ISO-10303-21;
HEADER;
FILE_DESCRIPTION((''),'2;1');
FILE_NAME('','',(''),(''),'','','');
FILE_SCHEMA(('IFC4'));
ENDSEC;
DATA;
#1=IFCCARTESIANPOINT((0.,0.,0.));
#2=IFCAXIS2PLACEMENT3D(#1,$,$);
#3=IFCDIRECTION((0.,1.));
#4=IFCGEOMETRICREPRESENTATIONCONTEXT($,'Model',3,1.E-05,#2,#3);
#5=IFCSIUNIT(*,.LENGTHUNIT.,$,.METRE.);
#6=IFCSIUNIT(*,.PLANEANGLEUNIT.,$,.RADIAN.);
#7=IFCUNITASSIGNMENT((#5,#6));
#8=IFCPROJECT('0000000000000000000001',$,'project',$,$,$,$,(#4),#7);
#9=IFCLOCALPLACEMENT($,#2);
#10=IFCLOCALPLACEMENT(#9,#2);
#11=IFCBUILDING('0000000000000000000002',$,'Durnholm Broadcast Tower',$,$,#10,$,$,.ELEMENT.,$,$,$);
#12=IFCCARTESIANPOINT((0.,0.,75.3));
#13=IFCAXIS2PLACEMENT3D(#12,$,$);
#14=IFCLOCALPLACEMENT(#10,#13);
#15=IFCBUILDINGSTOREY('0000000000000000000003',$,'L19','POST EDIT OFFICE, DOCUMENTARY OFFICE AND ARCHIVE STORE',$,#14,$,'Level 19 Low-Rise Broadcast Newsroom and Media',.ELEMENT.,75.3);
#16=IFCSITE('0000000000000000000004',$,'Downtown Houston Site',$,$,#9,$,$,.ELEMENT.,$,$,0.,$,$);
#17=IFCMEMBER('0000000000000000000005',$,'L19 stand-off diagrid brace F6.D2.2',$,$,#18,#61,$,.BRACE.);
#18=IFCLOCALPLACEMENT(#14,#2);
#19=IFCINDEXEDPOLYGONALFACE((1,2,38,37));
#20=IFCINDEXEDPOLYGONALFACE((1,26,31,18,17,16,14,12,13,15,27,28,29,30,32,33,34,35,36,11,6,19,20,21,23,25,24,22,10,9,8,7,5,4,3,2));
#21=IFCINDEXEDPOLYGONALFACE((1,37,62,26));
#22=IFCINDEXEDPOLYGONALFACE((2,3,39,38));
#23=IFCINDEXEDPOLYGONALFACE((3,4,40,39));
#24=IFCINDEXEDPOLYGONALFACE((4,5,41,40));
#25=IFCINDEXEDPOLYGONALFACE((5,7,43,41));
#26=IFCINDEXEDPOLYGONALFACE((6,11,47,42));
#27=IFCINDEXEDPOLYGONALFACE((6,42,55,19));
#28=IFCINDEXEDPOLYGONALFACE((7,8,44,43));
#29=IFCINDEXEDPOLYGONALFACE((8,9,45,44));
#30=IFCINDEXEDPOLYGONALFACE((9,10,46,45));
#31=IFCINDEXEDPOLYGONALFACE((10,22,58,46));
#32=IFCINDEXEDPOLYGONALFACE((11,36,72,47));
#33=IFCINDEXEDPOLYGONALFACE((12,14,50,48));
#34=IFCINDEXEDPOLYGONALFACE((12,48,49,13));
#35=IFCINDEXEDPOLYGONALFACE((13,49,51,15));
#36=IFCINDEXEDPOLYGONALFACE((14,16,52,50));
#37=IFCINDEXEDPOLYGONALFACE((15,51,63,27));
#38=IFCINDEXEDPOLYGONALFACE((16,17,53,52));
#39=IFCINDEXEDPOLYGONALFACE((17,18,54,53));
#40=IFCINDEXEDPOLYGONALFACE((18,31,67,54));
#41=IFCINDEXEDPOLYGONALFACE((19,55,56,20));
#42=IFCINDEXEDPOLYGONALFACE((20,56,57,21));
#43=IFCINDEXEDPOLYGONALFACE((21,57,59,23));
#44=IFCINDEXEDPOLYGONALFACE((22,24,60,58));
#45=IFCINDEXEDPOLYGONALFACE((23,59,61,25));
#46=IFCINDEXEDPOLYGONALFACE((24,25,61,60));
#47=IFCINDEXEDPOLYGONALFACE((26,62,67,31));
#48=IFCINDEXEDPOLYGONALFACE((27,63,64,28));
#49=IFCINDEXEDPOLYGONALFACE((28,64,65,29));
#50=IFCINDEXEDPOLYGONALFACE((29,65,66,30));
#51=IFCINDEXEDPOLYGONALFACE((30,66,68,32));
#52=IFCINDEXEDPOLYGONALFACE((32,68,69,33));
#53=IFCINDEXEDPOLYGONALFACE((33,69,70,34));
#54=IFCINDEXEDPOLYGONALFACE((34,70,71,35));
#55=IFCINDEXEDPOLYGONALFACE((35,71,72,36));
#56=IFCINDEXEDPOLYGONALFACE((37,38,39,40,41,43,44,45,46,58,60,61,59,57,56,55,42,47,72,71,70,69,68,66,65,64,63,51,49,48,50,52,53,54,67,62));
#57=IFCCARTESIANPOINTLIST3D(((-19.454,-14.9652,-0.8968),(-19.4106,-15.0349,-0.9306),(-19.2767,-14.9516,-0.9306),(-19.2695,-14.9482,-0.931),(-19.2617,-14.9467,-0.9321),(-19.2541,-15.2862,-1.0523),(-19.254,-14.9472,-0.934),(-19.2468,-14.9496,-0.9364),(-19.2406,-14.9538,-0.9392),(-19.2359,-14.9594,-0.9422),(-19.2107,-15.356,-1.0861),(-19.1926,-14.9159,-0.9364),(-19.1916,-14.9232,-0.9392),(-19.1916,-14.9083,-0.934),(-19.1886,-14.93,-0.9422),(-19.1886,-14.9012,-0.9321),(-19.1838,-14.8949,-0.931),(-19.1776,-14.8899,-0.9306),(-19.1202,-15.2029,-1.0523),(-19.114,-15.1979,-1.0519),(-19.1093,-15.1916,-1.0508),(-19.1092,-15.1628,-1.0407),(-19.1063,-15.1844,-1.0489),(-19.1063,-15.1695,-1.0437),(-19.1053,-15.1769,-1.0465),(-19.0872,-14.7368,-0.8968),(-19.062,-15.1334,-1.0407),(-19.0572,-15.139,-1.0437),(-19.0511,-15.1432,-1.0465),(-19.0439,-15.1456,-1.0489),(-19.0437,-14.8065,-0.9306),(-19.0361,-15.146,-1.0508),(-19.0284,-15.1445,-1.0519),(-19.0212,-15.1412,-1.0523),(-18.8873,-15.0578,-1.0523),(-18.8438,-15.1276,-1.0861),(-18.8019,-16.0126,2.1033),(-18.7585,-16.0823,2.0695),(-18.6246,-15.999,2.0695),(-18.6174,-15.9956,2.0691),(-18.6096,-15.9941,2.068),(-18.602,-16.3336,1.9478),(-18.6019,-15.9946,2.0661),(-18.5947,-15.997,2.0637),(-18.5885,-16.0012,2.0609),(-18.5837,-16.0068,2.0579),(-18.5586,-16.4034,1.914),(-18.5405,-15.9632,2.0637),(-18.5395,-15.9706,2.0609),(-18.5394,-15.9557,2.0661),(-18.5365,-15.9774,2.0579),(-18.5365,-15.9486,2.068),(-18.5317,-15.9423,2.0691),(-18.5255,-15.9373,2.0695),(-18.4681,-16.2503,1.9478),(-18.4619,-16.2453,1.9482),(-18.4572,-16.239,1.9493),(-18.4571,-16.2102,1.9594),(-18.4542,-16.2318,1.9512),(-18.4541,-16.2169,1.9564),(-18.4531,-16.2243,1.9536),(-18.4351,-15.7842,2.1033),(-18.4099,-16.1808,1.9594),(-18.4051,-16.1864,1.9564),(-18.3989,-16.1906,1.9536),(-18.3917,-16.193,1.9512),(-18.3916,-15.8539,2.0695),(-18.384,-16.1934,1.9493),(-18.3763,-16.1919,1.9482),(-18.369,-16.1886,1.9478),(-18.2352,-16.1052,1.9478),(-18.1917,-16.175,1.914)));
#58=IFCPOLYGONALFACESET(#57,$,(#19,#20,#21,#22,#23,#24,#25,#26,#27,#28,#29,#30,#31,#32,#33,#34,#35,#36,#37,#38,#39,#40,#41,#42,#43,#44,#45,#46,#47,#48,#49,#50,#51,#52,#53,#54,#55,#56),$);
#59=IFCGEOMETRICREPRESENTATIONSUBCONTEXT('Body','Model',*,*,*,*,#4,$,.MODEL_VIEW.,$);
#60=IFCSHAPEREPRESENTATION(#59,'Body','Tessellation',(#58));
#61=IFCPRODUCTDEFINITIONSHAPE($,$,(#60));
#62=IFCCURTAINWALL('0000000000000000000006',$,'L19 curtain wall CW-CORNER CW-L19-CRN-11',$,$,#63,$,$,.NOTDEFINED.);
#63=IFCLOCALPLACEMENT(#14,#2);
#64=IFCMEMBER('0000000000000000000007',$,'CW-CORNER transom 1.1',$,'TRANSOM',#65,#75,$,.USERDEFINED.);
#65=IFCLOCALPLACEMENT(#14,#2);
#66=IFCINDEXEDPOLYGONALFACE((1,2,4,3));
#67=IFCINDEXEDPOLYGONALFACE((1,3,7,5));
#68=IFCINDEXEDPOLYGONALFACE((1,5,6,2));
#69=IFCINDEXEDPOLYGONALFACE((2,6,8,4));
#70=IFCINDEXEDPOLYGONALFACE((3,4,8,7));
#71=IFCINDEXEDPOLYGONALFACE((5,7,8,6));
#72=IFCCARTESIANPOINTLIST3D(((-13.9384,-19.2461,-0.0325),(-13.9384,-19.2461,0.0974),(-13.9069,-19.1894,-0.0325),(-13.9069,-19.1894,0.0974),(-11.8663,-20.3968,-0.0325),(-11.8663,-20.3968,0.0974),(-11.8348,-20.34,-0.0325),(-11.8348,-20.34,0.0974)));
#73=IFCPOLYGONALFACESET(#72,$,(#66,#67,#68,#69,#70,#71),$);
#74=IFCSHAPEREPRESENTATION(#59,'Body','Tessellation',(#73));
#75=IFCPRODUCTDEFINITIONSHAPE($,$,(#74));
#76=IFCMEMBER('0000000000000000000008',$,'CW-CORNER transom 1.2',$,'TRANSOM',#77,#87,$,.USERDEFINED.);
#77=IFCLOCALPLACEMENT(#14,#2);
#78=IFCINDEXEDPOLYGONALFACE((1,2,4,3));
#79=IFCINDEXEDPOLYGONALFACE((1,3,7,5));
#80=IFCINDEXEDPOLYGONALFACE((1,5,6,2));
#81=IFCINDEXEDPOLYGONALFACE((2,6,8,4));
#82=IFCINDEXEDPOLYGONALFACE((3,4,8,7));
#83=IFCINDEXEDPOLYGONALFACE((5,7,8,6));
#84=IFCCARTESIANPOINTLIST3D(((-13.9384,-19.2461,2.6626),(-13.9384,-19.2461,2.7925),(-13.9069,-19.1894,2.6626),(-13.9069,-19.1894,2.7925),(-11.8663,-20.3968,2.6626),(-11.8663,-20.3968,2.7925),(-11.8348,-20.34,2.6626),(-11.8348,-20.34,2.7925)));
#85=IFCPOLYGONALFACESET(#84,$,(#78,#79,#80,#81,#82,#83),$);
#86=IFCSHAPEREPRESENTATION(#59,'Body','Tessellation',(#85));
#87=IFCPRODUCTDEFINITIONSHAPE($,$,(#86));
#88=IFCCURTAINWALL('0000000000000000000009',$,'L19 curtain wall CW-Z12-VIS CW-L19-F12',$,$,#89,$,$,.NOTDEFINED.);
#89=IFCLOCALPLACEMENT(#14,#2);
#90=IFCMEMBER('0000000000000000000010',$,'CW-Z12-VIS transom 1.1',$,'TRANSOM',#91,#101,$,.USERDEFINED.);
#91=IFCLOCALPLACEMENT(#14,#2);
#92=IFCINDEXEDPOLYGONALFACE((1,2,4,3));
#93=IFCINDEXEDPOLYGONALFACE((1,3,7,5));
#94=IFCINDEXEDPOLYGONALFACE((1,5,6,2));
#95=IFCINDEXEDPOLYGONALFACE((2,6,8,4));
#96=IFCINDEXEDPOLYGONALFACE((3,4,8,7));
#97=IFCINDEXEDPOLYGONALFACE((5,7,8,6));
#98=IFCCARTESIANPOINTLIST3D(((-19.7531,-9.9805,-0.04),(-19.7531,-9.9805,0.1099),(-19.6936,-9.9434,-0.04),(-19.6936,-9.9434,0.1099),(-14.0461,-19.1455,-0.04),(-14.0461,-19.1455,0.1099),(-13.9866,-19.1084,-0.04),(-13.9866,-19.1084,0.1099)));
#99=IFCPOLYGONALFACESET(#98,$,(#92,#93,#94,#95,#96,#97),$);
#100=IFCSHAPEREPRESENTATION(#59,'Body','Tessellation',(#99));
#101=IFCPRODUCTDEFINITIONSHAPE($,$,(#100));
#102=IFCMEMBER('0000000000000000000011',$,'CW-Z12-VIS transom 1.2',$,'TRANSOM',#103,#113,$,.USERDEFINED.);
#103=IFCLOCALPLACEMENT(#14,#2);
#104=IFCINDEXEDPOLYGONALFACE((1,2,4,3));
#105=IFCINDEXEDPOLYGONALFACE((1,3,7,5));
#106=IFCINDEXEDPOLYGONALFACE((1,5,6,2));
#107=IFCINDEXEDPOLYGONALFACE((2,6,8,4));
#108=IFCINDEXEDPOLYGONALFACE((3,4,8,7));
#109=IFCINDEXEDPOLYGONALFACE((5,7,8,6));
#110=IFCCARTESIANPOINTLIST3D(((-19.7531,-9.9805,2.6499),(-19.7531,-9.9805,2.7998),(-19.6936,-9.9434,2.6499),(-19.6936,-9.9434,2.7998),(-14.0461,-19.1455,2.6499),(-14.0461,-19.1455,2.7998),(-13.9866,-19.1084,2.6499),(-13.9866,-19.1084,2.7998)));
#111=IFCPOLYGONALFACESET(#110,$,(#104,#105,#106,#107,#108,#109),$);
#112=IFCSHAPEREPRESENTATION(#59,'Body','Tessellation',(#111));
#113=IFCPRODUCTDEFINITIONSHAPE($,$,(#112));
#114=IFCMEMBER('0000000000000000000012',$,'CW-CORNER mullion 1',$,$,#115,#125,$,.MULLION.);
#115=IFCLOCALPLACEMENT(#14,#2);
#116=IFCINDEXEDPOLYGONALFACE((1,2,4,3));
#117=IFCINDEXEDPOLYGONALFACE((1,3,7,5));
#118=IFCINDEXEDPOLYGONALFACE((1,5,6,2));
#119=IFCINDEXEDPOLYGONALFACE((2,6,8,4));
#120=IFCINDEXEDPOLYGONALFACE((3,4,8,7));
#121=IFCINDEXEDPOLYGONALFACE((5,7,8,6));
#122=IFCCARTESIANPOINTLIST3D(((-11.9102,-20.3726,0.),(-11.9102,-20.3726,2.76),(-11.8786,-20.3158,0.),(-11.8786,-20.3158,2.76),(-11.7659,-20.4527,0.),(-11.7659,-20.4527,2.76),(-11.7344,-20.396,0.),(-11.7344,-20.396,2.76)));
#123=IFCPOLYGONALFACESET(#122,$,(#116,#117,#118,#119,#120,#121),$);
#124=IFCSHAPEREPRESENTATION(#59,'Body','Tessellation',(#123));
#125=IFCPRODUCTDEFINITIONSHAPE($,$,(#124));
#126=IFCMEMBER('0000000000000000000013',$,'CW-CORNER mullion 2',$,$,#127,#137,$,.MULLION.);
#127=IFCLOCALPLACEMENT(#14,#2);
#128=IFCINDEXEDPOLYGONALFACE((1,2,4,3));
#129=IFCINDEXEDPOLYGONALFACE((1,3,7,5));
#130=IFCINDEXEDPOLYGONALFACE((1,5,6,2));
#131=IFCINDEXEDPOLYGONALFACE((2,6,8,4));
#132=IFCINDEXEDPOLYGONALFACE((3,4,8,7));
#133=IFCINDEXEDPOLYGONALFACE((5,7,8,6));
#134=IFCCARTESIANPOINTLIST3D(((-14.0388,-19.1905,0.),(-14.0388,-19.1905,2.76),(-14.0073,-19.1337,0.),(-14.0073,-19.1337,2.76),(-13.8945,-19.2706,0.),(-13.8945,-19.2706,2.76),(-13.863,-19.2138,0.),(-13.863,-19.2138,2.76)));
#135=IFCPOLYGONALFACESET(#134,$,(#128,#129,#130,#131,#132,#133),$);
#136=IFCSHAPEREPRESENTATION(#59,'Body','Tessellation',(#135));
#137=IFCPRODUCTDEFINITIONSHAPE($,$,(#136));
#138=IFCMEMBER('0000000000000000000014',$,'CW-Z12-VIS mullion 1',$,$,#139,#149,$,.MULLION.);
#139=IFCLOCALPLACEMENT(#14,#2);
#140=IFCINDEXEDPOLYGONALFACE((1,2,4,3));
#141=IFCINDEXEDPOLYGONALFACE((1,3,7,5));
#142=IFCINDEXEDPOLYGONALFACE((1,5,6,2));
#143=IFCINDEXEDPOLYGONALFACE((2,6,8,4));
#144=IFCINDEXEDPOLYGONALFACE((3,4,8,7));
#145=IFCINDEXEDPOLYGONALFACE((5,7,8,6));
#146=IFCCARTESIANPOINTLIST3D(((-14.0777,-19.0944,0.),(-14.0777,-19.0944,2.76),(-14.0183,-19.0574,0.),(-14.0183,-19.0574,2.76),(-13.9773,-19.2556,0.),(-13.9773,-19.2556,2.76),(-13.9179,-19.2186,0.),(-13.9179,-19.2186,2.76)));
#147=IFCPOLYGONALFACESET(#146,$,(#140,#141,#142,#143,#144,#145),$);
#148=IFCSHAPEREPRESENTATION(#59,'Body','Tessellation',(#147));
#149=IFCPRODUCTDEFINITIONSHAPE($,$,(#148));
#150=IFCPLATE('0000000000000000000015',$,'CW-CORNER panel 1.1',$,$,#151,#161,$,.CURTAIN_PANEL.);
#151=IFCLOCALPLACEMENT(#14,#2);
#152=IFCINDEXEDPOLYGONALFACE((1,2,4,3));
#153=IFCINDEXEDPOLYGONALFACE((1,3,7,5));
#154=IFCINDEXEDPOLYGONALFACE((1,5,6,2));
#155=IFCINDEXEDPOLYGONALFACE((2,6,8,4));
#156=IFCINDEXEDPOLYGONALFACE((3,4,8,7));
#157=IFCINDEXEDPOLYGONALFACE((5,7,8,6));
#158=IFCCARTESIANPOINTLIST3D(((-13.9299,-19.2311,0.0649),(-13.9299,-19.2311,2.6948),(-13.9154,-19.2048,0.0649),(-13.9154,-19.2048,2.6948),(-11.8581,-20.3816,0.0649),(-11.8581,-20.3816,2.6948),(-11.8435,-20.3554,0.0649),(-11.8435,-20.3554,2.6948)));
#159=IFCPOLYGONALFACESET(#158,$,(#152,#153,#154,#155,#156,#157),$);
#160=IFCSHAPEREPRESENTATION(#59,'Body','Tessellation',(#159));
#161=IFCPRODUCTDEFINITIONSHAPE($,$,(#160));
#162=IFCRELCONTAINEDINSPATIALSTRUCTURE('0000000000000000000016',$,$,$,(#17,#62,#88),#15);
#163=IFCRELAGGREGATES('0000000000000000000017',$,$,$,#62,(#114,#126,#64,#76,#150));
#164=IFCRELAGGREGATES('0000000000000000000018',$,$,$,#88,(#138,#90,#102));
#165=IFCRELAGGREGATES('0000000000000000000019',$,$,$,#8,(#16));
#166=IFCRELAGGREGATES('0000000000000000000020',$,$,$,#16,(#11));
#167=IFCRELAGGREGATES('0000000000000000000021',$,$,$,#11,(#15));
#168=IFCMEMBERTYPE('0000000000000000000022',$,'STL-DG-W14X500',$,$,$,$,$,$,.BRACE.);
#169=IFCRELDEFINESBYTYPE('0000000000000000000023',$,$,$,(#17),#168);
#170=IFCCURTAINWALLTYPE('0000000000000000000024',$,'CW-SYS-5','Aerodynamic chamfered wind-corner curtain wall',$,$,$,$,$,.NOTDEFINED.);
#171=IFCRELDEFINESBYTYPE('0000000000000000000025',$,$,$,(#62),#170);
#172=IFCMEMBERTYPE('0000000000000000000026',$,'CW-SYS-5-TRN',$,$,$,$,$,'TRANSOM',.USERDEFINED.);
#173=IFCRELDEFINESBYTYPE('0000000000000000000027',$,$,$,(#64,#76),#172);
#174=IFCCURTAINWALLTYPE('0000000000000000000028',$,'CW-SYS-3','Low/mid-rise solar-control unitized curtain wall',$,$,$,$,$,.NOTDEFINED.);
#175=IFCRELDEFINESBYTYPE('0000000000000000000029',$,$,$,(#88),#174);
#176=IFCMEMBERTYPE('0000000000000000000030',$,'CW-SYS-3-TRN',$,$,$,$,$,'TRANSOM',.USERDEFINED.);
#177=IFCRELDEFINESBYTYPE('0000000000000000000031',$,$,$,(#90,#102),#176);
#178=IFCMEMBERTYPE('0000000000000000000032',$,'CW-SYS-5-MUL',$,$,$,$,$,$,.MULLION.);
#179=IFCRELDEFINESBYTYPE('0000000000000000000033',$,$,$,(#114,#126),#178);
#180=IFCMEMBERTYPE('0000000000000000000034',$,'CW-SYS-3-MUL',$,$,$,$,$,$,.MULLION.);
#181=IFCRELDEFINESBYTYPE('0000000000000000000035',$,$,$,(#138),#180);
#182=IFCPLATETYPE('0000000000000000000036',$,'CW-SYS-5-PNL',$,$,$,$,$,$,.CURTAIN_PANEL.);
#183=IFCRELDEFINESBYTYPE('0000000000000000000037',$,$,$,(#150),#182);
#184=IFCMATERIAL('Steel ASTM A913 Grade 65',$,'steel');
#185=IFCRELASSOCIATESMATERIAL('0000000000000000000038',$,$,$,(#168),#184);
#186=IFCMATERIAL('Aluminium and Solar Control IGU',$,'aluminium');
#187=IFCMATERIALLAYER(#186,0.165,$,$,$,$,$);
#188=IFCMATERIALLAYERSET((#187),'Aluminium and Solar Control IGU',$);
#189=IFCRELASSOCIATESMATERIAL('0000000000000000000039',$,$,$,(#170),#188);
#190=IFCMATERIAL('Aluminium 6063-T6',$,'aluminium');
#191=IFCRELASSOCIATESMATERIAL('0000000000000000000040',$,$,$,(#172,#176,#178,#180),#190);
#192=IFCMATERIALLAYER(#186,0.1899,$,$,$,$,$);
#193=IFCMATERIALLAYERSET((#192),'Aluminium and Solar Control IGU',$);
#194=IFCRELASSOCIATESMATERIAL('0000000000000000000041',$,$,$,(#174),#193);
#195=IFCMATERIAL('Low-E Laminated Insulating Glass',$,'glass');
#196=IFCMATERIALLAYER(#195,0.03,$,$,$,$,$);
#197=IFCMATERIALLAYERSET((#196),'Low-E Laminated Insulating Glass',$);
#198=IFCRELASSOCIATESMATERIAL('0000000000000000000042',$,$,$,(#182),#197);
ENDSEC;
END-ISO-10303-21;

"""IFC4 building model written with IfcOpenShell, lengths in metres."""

from ifc_helpers import new_model, si_unit, direction, frame, origin, origin_2d, place, context, subcontext, project, spatial, rectangle, i_section, extrude, source, transform, mapped, material, layer, layer_set, material_profile, profile_set, type_object, type_shapes, element, aggregate, save


model = new_model("IFC4")

# Units and contexts
model_context = context("Model", 3, precision=1e-05, world=origin(), true_north=direction((0.0, 1.0)))
body_context = subcontext(model_context, "Body", "Model", "MODEL_VIEW")
ifc_project = project(units=[si_unit("LENGTHUNIT", "METRE"), si_unit("PLANEANGLEUNIT", "RADIAN")], contexts=[model_context])

# Site, building, storey
site_placement = place(None, origin())
site = spatial("IfcSite", under=ifc_project, at=site_placement, Name="Downtown Houston Site", CompositionType="ELEMENT", RefElevation=0.0)
building_placement = place(site_placement, origin())
building = spatial("IfcBuilding", under=site, at=building_placement, Name="Durnholm Broadcast Tower", CompositionType="ELEMENT")
storey_placement = place(building_placement, frame((0.0, 0.0, 75.3)))
storey = spatial("IfcBuildingStorey", under=building, at=storey_placement, Name="L19", Description="POST EDIT OFFICE, DOCUMENTARY OFFICE AND ARCHIVE STORE", LongName="Level 19 Low-Rise Broadcast Newsroom and Media", CompositionType="ELEMENT", Elevation=75.3)

# Member
ifc_material_1 = material(Name="Steel ASTM A913 Grade 65", Category="steel")
ifc_material_profile_1 = material_profile(ifc_material_1, i_section(OverallWidth=0.4321, OverallDepth=0.4978, WebThickness=0.0557, FlangeThickness=0.0889, FilletRadius=0.0305, at=origin_2d()), Name="W14X500")
ifc_profile_set_1 = profile_set([ifc_material_profile_1], Name="Steel ASTM A913 Grade 65")
member_type_1 = type_object("IfcMemberType", Name="STL-DG-W14X500", PredefinedType="BRACE", material=ifc_profile_set_1)
shared_shape_1 = source(origin(), body_context, "Body", "SweptSolid", [
    extrude(i_section(OverallWidth=0.4321, OverallDepth=0.4978, WebThickness=0.0557, FlangeThickness=0.0889, FilletRadius=0.0305, at=origin_2d()), origin(), (0.0, 0.0, 1.0), 3.2439),
])
type_shapes(member_type_1, [shared_shape_1])
for number, where, z_axis, x_axis, name in (
    (1, (-19.1489, -15.0464, -0.9915), (0.20103, -0.322882, 0.924843), (0.848909, 0.52854, 0.0), "L19 stand-off diagrid brace F6.D2.2"),
):
    element("IfcMember", number, at=place(storey_placement, frame(where, z_axis=z_axis, x_axis=x_axis)), inside=storey, type_object=member_type_1, Name=name, PredefinedType="BRACE", context=body_context, shape_type="MappedRepresentation", body=[
        mapped(shared_shape_1, transform((0.0, 0.0, 0.0), x_axis=(1.0, 0.0, 0.0), y_axis=(0.0, 1.0, 0.0), z_axis=(0.0, 0.0, 1.0), scale=1.0)),
    ])

# Curtain walls, members
ifc_material_2 = material(Name="Aluminium and Solar Control IGU", Category="aluminium")
ifc_layer_1 = layer(ifc_material_2, 0.165)
ifc_layer_set_1 = layer_set([ifc_layer_1], Name="Aluminium and Solar Control IGU")
curtain_wall_type_1 = type_object("IfcCurtainWallType", Name="CW-SYS-5", Description="Aerodynamic chamfered wind-corner curtain wall", PredefinedType="NOTDEFINED", material=ifc_layer_set_1)
curtain_wall_1_placement = place(storey_placement, origin())
curtain_wall_1 = element("IfcCurtainWall", 2, at=curtain_wall_1_placement, inside=storey, type_object=curtain_wall_type_1, Name="L19 curtain wall CW-CORNER CW-L19-CRN-11", PredefinedType="NOTDEFINED")
ifc_material_3 = material(Name="Aluminium 6063-T6", Category="aluminium")
ifc_material_profile_2 = material_profile(ifc_material_3, rectangle(XDim=0.0649, YDim=0.1299, at=origin_2d()), Name="CWT65X130")
ifc_profile_set_2 = profile_set([ifc_material_profile_2], Name="Aluminium 6063-T6")
member_type_2 = type_object("IfcMemberType", Name="CW-SYS-5-TRN", ElementType="TRANSOM", PredefinedType="USERDEFINED", material=ifc_profile_set_2)
shared_shape_2 = source(origin(), body_context, "Body", "SweptSolid", [
    extrude(rectangle(XDim=0.0649, YDim=0.1299, at=origin_2d()), origin(), (0.0, 0.0, 1.0), 2.3701),
])
type_shapes(member_type_2, [shared_shape_2])
member_1_placement = place(storey_placement, frame((-11.8506, -20.3684, 0.0325), z_axis=(-0.874245, 0.485485, 0.0), x_axis=(-0.485485, -0.874245, 0.0)))
member_1 = element("IfcMember", 3, at=member_1_placement, type_object=member_type_2, Name="CW-CORNER transom 1.1", ObjectType="TRANSOM", PredefinedType="USERDEFINED", context=body_context, shape_type="MappedRepresentation", body=[
    mapped(shared_shape_2, transform((0.0, 0.0, 0.0), x_axis=(1.0, 0.0, 0.0), y_axis=(0.0, 1.0, 0.0), z_axis=(0.0, 0.0, 1.0), scale=1.0)),
])
member_2_placement = place(storey_placement, frame((-11.8506, -20.3684, 2.7275), z_axis=(-0.874245, 0.485485, 0.0), x_axis=(-0.485485, -0.874245, 0.0)))
member_2 = element("IfcMember", 4, at=member_2_placement, type_object=member_type_2, Name="CW-CORNER transom 1.2", ObjectType="TRANSOM", PredefinedType="USERDEFINED", context=body_context, shape_type="MappedRepresentation", body=[
    mapped(shared_shape_2, transform((0.0, 0.0, 0.0), x_axis=(1.0, 0.0, 0.0), y_axis=(0.0, 1.0, 0.0), z_axis=(0.0, 0.0, 1.0), scale=1.0)),
])
ifc_layer_2 = layer(ifc_material_2, 0.1899)
ifc_layer_set_2 = layer_set([ifc_layer_2], Name="Aluminium and Solar Control IGU")
curtain_wall_type_2 = type_object("IfcCurtainWallType", Name="CW-SYS-3", Description="Low/mid-rise solar-control unitized curtain wall", PredefinedType="NOTDEFINED", material=ifc_layer_set_2)
curtain_wall_2_placement = place(storey_placement, origin())
curtain_wall_2 = element("IfcCurtainWall", 5, at=curtain_wall_2_placement, inside=storey, type_object=curtain_wall_type_2, Name="L19 curtain wall CW-Z12-VIS CW-L19-F12", PredefinedType="NOTDEFINED")
ifc_material_profile_3 = material_profile(ifc_material_3, rectangle(XDim=0.0701, YDim=0.1499, at=origin_2d()), Name="CWT70X150")
ifc_profile_set_3 = profile_set([ifc_material_profile_3], Name="Aluminium 6063-T6")
member_type_3 = type_object("IfcMemberType", Name="CW-SYS-3-TRN", ElementType="TRANSOM", PredefinedType="USERDEFINED", material=ifc_profile_set_3)
shared_shape_3 = source(origin(), body_context, "Body", "SweptSolid", [
    extrude(rectangle(XDim=0.0701, YDim=0.1499, at=origin_2d()), origin(), (0.0, 0.0, 1.0), 10.7966),
])
type_shapes(member_type_3, [shared_shape_3])
member_3_placement = place(storey_placement, frame((-14.0164, -19.127, 0.0349), z_axis=(-0.528592, 0.848876, 0.0), x_axis=(-0.848876, -0.528592, 0.0)))
member_3 = element("IfcMember", 6, at=member_3_placement, type_object=member_type_3, Name="CW-Z12-VIS transom 1.1", ObjectType="TRANSOM", PredefinedType="USERDEFINED", context=body_context, shape_type="MappedRepresentation", body=[
    mapped(shared_shape_3, transform((0.0, 0.0, 0.0), x_axis=(1.0, 0.0, 0.0), y_axis=(0.0, 1.0, 0.0), z_axis=(0.0, 0.0, 1.0), scale=1.0)),
])
member_4_placement = place(storey_placement, frame((-14.0164, -19.127, 2.7249), z_axis=(-0.528592, 0.848876, 0.0), x_axis=(-0.848876, -0.528592, 0.0)))
member_4 = element("IfcMember", 7, at=member_4_placement, type_object=member_type_3, Name="CW-Z12-VIS transom 1.2", ObjectType="TRANSOM", PredefinedType="USERDEFINED", context=body_context, shape_type="MappedRepresentation", body=[
    mapped(shared_shape_3, transform((0.0, 0.0, 0.0), x_axis=(1.0, 0.0, 0.0), y_axis=(0.0, 1.0, 0.0), z_axis=(0.0, 0.0, 1.0), scale=1.0)),
])

# Members
ifc_material_profile_4 = material_profile(ifc_material_3, rectangle(XDim=0.0649, YDim=0.165, at=origin_2d()), Name="CWM65X165")
ifc_profile_set_4 = profile_set([ifc_material_profile_4], Name="Aluminium 6063-T6")
member_type_4 = type_object("IfcMemberType", Name="CW-SYS-5-MUL", PredefinedType="MULLION", material=ifc_profile_set_4)
shared_shape_4 = source(origin(), body_context, "Body", "SweptSolid", [
    extrude(rectangle(XDim=0.0649, YDim=0.165, at=origin_2d()), origin(), (0.0, 0.0, 1.0), 2.76),
])
type_shapes(member_type_4, [shared_shape_4])
member_5_placement = place(storey_placement, frame((-11.8223, -20.3843, 0.0), z_axis=(0.0, 0.0, 1.0), x_axis=(-0.485483, -0.874246, 0.0)))
member_5 = element("IfcMember", 8, at=member_5_placement, type_object=member_type_4, Name="CW-CORNER mullion 1", PredefinedType="MULLION", context=body_context, shape_type="MappedRepresentation", body=[
    mapped(shared_shape_4, transform((0.0, 0.0, 0.0), x_axis=(1.0, 0.0, 0.0), y_axis=(0.0, 1.0, 0.0), z_axis=(0.0, 0.0, 1.0), scale=1.0)),
])
member_6_placement = place(storey_placement, frame((-13.9509, -19.2021, 0.0), z_axis=(0.0, 0.0, 1.0), x_axis=(-0.485483, -0.874246, 0.0)))
member_6 = element("IfcMember", 9, at=member_6_placement, type_object=member_type_4, Name="CW-CORNER mullion 2", PredefinedType="MULLION", context=body_context, shape_type="MappedRepresentation", body=[
    mapped(shared_shape_4, transform((0.0, 0.0, 0.0), x_axis=(1.0, 0.0, 0.0), y_axis=(0.0, 1.0, 0.0), z_axis=(0.0, 0.0, 1.0), scale=1.0)),
])
ifc_material_profile_5 = material_profile(ifc_material_3, rectangle(XDim=0.0701, YDim=0.1899, at=origin_2d()), Name="CWM70X190")
ifc_profile_set_5 = profile_set([ifc_material_profile_5], Name="Aluminium 6063-T6")
member_type_5 = type_object("IfcMemberType", Name="CW-SYS-3-MUL", PredefinedType="MULLION", material=ifc_profile_set_5)
shared_shape_5 = source(origin(), body_context, "Body", "SweptSolid", [
    extrude(rectangle(XDim=0.0701, YDim=0.1899, at=origin_2d()), origin(), (0.0, 0.0, 1.0), 2.76),
])
type_shapes(member_type_5, [shared_shape_5])
member_7_placement = place(storey_placement, frame((-13.9978, -19.1565, 0.0), z_axis=(0.0, 0.0, 1.0), x_axis=(-0.848876, -0.528592, 0.0)))
member_7 = element("IfcMember", 10, at=member_7_placement, type_object=member_type_5, Name="CW-Z12-VIS mullion 1", PredefinedType="MULLION", context=body_context, shape_type="MappedRepresentation", body=[
    mapped(shared_shape_5, transform((0.0, 0.0, 0.0), x_axis=(1.0, 0.0, 0.0), y_axis=(0.0, 1.0, 0.0), z_axis=(0.0, 0.0, 1.0), scale=1.0)),
])

# Plate
ifc_material_4 = material(Name="Low-E Laminated Insulating Glass", Category="glass")
ifc_layer_3 = layer(ifc_material_4, 0.03)
ifc_layer_set_3 = layer_set([ifc_layer_3], Name="Low-E Laminated Insulating Glass")
plate_type_1 = type_object("IfcPlateType", Name="CW-SYS-5-PNL", PredefinedType="CURTAIN_PANEL", material=ifc_layer_set_3)
shared_shape_6 = source(origin(), body_context, "Body", "SweptSolid", [
    extrude(rectangle(XDim=2.3699, YDim=0.03, at=origin_2d()), origin(), (0.0, 0.0, 1.0), 2.6299),
])
type_shapes(plate_type_1, [shared_shape_6])
plate_1_placement = place(storey_placement, frame((-12.8867, -19.7932, 0.0649), z_axis=(0.0, 0.0, 1.0), x_axis=(-0.874246, 0.485483, 0.0)))
plate_1 = element("IfcPlate", 11, at=plate_1_placement, type_object=plate_type_1, Name="CW-CORNER panel 1.1", PredefinedType="CURTAIN_PANEL", context=body_context, shape_type="MappedRepresentation", body=[
    mapped(shared_shape_6, transform((0.0, 0.0, 0.0), x_axis=(1.0, 0.0, 0.0), y_axis=(0.0, 1.0, 0.0), z_axis=(0.0, 0.0, 1.0), scale=1.0)),
])
aggregate(curtain_wall_1, [member_5, member_6, member_1, member_2, plate_1])
aggregate(curtain_wall_2, [member_7, member_3, member_4])

save(model, "model.ifc")
